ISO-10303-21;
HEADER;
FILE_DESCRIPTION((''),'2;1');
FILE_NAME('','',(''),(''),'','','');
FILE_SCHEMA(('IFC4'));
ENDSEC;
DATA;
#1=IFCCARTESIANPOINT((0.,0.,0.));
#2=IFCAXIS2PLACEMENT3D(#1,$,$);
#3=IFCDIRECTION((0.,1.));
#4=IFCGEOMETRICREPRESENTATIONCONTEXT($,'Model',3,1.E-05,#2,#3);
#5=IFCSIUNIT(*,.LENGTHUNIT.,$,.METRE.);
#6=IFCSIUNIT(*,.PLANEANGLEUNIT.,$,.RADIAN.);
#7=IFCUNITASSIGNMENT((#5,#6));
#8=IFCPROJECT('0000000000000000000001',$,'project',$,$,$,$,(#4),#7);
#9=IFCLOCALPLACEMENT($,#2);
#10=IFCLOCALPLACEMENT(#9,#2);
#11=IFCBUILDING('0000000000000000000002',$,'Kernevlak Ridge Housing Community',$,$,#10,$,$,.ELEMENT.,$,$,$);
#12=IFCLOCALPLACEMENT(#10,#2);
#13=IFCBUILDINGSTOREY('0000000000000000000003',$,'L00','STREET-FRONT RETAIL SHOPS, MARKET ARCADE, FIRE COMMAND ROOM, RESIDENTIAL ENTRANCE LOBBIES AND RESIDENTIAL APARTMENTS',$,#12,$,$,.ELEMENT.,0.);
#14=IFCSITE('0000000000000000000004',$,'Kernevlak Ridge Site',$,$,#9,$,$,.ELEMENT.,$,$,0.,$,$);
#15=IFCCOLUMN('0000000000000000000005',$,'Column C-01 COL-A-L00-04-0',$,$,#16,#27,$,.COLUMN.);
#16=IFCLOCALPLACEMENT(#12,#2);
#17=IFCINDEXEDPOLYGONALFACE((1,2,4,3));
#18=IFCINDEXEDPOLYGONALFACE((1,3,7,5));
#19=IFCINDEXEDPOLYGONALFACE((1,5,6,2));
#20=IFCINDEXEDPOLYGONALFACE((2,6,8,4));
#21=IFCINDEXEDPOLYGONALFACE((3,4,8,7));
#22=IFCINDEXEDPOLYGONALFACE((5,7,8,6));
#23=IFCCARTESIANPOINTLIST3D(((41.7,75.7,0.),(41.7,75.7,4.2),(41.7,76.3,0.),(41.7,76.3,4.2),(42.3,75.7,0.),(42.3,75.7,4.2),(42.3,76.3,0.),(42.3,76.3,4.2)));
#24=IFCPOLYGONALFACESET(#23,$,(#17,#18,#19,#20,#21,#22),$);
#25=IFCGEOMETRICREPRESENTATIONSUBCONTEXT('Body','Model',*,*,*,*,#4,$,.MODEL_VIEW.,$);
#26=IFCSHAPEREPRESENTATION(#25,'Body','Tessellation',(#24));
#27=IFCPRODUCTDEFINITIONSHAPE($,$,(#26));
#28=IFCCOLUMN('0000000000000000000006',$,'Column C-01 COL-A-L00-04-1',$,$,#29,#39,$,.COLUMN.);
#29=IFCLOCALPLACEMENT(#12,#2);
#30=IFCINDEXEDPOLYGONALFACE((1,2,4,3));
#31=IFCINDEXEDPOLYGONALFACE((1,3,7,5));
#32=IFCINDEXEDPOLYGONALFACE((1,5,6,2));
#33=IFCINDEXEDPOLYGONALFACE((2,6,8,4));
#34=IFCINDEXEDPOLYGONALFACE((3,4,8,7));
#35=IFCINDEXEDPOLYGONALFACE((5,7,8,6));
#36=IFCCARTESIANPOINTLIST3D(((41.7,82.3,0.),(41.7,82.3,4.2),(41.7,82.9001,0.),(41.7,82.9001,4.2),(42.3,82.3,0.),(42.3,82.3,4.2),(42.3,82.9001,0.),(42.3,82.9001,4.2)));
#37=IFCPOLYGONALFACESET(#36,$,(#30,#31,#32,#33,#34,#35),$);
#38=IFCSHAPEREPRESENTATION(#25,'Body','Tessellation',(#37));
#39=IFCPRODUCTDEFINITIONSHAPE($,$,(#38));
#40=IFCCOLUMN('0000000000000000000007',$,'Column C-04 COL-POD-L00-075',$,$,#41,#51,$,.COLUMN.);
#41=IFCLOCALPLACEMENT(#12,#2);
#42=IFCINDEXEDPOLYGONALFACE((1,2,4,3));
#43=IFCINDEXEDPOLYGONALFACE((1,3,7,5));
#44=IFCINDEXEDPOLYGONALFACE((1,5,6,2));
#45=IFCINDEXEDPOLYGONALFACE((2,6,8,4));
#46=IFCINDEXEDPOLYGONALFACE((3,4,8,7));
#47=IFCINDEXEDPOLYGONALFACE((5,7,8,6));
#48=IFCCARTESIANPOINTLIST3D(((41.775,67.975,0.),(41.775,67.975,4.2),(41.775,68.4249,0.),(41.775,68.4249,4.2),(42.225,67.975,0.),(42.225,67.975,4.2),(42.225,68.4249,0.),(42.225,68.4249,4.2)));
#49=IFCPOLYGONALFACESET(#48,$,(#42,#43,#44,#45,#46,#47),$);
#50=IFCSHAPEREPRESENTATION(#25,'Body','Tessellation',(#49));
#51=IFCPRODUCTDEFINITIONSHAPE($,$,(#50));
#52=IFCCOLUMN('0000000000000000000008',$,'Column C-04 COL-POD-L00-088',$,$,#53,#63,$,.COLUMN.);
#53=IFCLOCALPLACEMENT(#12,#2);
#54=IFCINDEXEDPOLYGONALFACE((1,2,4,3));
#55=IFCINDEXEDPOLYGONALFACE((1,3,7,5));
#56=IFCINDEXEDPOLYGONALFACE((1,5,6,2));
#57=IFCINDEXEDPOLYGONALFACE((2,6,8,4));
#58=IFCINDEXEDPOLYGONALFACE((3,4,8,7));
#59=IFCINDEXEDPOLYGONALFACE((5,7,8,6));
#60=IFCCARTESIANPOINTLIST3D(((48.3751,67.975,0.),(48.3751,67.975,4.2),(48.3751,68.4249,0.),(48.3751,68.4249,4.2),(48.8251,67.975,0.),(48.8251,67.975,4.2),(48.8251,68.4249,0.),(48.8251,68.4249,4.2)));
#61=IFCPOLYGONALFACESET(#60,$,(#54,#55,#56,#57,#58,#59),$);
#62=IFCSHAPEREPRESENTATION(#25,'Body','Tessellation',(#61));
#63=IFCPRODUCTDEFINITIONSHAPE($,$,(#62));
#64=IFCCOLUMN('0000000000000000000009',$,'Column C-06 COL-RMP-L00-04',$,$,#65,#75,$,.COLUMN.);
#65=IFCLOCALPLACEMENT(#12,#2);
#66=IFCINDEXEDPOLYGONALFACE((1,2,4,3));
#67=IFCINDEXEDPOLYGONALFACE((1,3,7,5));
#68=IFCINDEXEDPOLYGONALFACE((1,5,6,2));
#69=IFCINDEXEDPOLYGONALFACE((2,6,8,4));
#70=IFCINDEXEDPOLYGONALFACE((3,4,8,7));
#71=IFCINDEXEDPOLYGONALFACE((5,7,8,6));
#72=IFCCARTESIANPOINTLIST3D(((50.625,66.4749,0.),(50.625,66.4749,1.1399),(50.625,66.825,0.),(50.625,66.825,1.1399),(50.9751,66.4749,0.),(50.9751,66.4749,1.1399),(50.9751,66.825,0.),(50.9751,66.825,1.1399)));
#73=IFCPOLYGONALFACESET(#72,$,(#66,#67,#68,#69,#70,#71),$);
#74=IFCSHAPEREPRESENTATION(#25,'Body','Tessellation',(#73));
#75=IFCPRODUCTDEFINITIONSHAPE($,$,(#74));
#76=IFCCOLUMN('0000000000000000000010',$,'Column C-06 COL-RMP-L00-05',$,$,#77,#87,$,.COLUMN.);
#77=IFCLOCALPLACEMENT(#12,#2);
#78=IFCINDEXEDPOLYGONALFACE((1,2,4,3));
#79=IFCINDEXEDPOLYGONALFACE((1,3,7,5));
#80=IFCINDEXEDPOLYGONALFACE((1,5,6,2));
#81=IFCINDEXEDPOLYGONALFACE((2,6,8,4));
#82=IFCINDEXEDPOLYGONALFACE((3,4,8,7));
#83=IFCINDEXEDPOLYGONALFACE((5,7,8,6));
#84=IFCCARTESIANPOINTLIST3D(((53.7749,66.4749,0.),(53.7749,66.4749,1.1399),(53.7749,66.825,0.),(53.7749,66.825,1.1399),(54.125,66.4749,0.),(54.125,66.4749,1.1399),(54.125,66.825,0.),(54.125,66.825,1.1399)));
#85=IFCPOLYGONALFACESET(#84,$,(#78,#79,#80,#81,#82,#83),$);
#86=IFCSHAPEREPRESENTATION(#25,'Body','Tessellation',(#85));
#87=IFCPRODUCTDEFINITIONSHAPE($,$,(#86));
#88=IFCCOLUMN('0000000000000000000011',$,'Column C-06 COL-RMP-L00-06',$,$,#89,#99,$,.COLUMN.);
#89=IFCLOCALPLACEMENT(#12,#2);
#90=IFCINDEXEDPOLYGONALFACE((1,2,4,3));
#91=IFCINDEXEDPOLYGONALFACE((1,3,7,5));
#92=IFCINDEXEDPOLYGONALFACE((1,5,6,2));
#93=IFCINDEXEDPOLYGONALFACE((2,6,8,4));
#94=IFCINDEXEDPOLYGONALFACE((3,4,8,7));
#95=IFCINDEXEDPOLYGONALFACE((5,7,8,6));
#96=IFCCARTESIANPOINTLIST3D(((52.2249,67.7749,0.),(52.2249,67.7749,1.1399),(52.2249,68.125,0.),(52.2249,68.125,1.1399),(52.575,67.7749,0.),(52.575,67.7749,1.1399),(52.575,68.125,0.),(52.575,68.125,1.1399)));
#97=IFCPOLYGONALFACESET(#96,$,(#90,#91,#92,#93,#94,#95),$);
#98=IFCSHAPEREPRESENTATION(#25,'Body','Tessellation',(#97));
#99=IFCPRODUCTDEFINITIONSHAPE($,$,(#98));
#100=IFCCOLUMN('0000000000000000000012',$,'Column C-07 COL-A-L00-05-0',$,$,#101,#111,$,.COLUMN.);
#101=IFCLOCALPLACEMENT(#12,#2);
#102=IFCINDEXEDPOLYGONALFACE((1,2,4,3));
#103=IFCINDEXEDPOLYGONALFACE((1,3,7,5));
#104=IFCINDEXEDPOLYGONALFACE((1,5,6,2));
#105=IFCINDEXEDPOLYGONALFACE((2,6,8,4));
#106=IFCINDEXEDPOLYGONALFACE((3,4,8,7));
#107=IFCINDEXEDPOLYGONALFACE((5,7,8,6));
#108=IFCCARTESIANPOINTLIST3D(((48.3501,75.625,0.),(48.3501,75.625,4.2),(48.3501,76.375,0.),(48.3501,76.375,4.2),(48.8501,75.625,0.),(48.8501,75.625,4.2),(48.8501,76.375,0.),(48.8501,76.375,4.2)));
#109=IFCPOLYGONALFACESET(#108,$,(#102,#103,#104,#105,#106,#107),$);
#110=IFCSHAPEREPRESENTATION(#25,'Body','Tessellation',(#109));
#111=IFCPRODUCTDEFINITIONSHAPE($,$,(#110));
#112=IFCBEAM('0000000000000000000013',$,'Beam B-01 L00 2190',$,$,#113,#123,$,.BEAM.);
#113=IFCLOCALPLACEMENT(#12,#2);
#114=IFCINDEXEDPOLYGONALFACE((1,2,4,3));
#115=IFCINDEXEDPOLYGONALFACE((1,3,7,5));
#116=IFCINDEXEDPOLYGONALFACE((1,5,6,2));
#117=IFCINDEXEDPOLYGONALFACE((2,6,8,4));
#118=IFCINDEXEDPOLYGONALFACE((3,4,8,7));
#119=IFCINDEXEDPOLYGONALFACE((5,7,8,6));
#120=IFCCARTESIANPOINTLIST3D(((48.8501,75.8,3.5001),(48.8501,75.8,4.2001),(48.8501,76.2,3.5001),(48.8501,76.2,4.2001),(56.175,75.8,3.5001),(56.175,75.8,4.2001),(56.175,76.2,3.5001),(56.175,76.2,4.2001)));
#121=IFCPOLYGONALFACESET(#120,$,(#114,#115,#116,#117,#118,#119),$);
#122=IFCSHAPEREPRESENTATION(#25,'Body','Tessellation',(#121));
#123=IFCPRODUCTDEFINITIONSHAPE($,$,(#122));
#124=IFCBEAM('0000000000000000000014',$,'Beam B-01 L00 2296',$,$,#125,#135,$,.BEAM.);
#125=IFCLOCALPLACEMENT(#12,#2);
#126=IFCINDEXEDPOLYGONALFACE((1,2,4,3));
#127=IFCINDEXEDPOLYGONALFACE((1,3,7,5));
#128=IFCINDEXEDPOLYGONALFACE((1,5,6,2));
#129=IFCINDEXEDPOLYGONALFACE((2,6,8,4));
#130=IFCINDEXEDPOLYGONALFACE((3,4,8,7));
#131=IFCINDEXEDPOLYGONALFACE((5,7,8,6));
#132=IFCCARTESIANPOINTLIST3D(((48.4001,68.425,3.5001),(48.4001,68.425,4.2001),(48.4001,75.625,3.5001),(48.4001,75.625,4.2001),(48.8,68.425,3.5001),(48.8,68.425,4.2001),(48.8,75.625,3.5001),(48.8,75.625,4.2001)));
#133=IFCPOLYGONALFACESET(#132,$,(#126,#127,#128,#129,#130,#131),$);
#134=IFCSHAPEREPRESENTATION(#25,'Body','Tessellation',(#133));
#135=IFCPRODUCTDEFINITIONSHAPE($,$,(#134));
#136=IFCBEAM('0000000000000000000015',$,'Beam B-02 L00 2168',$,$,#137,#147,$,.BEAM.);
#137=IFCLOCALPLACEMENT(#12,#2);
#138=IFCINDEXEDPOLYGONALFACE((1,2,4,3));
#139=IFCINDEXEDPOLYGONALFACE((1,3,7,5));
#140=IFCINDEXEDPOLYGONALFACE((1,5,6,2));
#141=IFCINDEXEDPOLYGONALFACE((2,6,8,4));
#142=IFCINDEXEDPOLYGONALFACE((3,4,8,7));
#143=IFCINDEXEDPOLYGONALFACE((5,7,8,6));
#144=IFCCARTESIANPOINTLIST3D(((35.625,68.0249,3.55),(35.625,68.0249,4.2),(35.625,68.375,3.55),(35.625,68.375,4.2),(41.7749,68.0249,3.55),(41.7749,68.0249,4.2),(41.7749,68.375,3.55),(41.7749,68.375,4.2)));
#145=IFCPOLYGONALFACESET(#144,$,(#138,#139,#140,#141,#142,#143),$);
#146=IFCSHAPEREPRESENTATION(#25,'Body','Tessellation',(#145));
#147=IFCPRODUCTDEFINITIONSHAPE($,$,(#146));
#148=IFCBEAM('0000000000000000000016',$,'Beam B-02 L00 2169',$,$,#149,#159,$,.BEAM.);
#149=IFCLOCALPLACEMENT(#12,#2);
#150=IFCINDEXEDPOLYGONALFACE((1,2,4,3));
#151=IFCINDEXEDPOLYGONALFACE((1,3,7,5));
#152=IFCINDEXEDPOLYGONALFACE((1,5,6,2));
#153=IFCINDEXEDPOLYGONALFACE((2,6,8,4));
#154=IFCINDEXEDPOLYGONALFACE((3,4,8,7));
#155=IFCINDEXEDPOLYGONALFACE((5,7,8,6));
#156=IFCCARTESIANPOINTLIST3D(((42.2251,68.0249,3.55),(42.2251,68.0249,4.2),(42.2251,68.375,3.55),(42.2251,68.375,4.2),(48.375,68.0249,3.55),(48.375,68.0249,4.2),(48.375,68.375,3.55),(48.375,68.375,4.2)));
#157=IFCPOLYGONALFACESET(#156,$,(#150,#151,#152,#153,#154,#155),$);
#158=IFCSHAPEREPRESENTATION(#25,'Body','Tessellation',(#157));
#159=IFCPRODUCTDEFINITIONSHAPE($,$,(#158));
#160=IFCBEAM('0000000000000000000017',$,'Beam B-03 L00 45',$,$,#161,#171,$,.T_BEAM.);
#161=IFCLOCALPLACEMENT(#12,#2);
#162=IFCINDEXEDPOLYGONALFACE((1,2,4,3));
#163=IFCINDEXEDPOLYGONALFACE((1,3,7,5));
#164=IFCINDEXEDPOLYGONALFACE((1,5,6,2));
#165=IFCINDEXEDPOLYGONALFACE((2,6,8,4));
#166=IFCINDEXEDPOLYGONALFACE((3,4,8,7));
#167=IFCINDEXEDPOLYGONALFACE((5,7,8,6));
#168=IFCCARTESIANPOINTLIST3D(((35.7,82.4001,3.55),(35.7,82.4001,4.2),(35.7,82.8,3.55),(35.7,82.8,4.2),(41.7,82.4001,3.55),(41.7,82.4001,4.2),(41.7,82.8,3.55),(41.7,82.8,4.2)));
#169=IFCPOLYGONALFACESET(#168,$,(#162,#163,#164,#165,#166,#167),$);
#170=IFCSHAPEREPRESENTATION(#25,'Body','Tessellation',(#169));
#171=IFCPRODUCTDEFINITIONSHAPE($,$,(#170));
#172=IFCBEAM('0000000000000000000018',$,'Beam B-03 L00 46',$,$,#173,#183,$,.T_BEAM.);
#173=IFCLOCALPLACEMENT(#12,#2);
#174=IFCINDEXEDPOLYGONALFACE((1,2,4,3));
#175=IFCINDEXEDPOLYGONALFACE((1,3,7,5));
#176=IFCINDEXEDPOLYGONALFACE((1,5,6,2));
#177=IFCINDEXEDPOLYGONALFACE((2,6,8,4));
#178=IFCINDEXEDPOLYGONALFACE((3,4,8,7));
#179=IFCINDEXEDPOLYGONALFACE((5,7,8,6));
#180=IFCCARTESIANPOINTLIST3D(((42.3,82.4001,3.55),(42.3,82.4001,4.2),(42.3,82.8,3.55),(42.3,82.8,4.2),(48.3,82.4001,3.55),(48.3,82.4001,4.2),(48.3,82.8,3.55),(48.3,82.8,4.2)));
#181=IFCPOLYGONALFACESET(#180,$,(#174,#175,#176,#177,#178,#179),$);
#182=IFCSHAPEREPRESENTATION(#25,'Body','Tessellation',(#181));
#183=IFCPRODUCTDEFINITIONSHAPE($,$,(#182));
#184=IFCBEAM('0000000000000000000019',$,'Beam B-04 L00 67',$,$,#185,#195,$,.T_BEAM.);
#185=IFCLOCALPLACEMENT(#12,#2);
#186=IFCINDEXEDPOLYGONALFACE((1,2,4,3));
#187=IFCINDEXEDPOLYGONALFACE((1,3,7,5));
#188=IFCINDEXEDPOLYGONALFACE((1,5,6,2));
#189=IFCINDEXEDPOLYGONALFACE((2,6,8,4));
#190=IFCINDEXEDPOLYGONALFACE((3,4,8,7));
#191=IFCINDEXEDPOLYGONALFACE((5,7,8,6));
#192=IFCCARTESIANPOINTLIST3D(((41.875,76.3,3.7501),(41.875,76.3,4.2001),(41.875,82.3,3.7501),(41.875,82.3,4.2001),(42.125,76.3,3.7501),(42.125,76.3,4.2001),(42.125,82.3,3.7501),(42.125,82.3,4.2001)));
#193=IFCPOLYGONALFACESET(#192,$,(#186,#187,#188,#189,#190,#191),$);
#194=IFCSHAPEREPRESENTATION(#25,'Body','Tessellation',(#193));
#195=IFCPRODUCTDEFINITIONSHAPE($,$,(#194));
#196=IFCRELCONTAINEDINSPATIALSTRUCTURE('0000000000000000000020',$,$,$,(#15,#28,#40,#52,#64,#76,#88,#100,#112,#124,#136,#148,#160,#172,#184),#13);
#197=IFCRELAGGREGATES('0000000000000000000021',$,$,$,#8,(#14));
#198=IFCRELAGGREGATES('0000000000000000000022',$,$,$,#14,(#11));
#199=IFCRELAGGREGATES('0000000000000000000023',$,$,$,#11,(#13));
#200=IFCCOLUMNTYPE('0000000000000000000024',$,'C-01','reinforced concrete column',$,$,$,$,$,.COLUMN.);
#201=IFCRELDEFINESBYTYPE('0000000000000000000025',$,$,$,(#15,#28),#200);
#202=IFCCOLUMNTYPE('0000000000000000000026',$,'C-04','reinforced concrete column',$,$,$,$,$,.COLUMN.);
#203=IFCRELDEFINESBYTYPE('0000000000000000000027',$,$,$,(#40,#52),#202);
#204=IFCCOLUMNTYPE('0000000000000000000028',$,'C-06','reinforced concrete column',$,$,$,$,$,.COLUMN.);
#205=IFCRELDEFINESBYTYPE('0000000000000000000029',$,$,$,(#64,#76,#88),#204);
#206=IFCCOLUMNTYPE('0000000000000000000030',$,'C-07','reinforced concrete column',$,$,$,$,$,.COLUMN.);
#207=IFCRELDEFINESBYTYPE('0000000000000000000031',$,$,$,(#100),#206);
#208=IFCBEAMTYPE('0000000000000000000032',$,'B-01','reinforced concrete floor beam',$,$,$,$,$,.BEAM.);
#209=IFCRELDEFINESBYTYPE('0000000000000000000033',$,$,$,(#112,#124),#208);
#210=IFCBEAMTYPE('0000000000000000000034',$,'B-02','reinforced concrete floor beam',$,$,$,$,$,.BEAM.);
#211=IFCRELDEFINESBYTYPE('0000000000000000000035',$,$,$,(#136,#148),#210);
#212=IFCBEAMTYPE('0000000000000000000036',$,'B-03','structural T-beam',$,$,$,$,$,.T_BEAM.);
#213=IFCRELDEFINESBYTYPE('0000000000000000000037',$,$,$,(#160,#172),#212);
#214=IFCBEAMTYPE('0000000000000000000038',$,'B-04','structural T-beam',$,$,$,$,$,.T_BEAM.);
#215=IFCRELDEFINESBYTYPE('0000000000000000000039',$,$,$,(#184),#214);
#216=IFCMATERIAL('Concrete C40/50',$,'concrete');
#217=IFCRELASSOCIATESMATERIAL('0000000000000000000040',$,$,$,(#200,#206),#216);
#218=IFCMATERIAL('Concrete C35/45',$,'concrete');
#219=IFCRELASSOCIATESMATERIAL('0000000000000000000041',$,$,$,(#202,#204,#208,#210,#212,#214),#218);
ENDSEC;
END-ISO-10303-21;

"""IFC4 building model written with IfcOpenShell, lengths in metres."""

from ifc_helpers import new_model, si_unit, direction, frame, origin, origin_2d, place, context, subcontext, project, spatial, rectangle, extrude, material, material_profile, profile_set, type_object, element, save


model = new_model("IFC4")

# Units and contexts
model_context = context("Model", 3, precision=1e-05, world=origin(), true_north=direction((0.0, 1.0)))
body_context = subcontext(model_context, "Body", "Model", "MODEL_VIEW")
ifc_project = project(units=[si_unit("LENGTHUNIT", "METRE"), si_unit("PLANEANGLEUNIT", "RADIAN")], contexts=[model_context])

# Site, building, storey
site_placement = place(None, origin())
site = spatial("IfcSite", under=ifc_project, at=site_placement, Name="Kernevlak Ridge Site", CompositionType="ELEMENT", RefElevation=0.0)
building_placement = place(site_placement, origin())
building = spatial("IfcBuilding", under=site, at=building_placement, Name="Kernevlak Ridge Housing Community", CompositionType="ELEMENT")
storey_placement = place(building_placement, origin())
storey = spatial("IfcBuildingStorey", under=building, at=storey_placement, Name="L00", Description="STREET-FRONT RETAIL SHOPS, MARKET ARCADE, FIRE COMMAND ROOM, RESIDENTIAL ENTRANCE LOBBIES AND RESIDENTIAL APARTMENTS", CompositionType="ELEMENT", Elevation=0.0)

# Columns
ifc_material_1 = material(Name="Concrete C40/50", Category="concrete")
ifc_material_profile_1 = material_profile(ifc_material_1, rectangle(XDim=0.6001, YDim=0.6001, at=origin_2d()), Name="RC 600x600")
ifc_profile_set_1 = profile_set([ifc_material_profile_1], Name="Concrete C40/50")
column_type_1 = type_object("IfcColumnType", Name="C-01", Description="reinforced concrete column", PredefinedType="COLUMN", material=ifc_profile_set_1)
for number, where, z_axis, x_axis, name in (
    (1, (42.0, 76.0, 0.0), (0.0, 0.0, 1.0), (1.0, 0.0, 0.0), "Column C-01 COL-A-L00-04-0"),
    (2, (42.0, 82.6001, 0.0), (0.0, 0.0, 1.0), (1.0, 0.0, 0.0), "Column C-01 COL-A-L00-04-1"),
):
    element("IfcColumn", number, at=place(storey_placement, frame(where, z_axis=z_axis, x_axis=x_axis)), inside=storey, type_object=column_type_1, Name=name, PredefinedType="COLUMN", context=body_context, shape_type="SweptSolid", body=[
        extrude(rectangle(XDim=0.6001, YDim=0.6001, at=origin_2d()), origin(), (0.0, 0.0, 1.0), 4.2),
    ])
ifc_material_2 = material(Name="Concrete C35/45", Category="concrete")
ifc_material_profile_2 = material_profile(ifc_material_2, rectangle(XDim=0.45, YDim=0.45, at=origin_2d()), Name="RC 450x450")
ifc_profile_set_2 = profile_set([ifc_material_profile_2], Name="Concrete C35/45")
column_type_2 = type_object("IfcColumnType", Name="C-04", Description="reinforced concrete column", PredefinedType="COLUMN", material=ifc_profile_set_2)
for number, where, z_axis, x_axis, name in (
    (3, (42.0, 68.2, 0.0), (0.0, 0.0, 1.0), (1.0, 0.0, 0.0), "Column C-04 COL-POD-L00-075"),
    (4, (48.6001, 68.2, 0.0), (0.0, 0.0, 1.0), (1.0, 0.0, 0.0), "Column C-04 COL-POD-L00-088"),
):
    element("IfcColumn", number, at=place(storey_placement, frame(where, z_axis=z_axis, x_axis=x_axis)), inside=storey, type_object=column_type_2, Name=name, PredefinedType="COLUMN", context=body_context, shape_type="SweptSolid", body=[
        extrude(rectangle(XDim=0.45, YDim=0.45, at=origin_2d()), origin(), (0.0, 0.0, 1.0), 4.2),
    ])
ifc_material_profile_3 = material_profile(ifc_material_2, rectangle(XDim=0.3501, YDim=0.3501, at=origin_2d()), Name="RC 350x350")
ifc_profile_set_3 = profile_set([ifc_material_profile_3], Name="Concrete C35/45")
column_type_3 = type_object("IfcColumnType", Name="C-06", Description="reinforced concrete column", PredefinedType="COLUMN", material=ifc_profile_set_3)
for number, where, z_axis, x_axis, name in (
    (5, (50.8, 66.6499, 0.0), (0.0, 0.0, 1.0), (1.0, 0.0, 0.0), "Column C-06 COL-RMP-L00-04"),
    (6, (53.95, 66.6499, 0.0), (0.0, 0.0, 1.0), (1.0, 0.0, 0.0), "Column C-06 COL-RMP-L00-05"),
    (7, (52.3999, 67.95, 0.0), (0.0, 0.0, 1.0), (1.0, 0.0, 0.0), "Column C-06 COL-RMP-L00-06"),
):
    element("IfcColumn", number, at=place(storey_placement, frame(where, z_axis=z_axis, x_axis=x_axis)), inside=storey, type_object=column_type_3, Name=name, PredefinedType="COLUMN", context=body_context, shape_type="SweptSolid", body=[
        extrude(rectangle(XDim=0.3501, YDim=0.3501, at=origin_2d()), origin(), (0.0, 0.0, 1.0), 1.1399),
    ])
ifc_material_profile_4 = material_profile(ifc_material_1, rectangle(XDim=0.5, YDim=0.75, at=origin_2d()), Name="RC 500x750")
ifc_profile_set_4 = profile_set([ifc_material_profile_4], Name="Concrete C40/50")
column_type_4 = type_object("IfcColumnType", Name="C-07", Description="reinforced concrete column", PredefinedType="COLUMN", material=ifc_profile_set_4)
column_placement = place(storey_placement, frame((48.6001, 76.0, 0.0), z_axis=(0.0, 0.0, 1.0), x_axis=(1.0, 0.0, 0.0)))
element("IfcColumn", 8, at=column_placement, inside=storey, type_object=column_type_4, Name="Column C-07 COL-A-L00-05-0", PredefinedType="COLUMN", context=body_context, shape_type="SweptSolid", body=[
    extrude(rectangle(XDim=0.5, YDim=0.75, at=origin_2d()), origin(), (0.0, 0.0, 1.0), 4.2),
])

# Beams
ifc_material_profile_5 = material_profile(ifc_material_2, rectangle(XDim=0.3999, YDim=0.7, at=origin_2d()), Name="RC 400x700")
ifc_profile_set_5 = profile_set([ifc_material_profile_5], Name="Concrete C35/45")
beam_type_1 = type_object("IfcBeamType", Name="B-01", Description="reinforced concrete floor beam", PredefinedType="BEAM", material=ifc_profile_set_5)
beam_1_placement = place(storey_placement, frame((48.8501, 76.0, 3.8501), z_axis=(1.0, 0.0, 0.0), x_axis=(0.0, 1.0, 0.0)))
element("IfcBeam", 9, at=beam_1_placement, inside=storey, type_object=beam_type_1, Name="Beam B-01 L00 2190", PredefinedType="BEAM", context=body_context, shape_type="SweptSolid", body=[
    extrude(rectangle(XDim=0.3999, YDim=0.7, at=origin_2d()), origin(), (0.0, 0.0, 1.0), 7.325),
])
beam_2_placement = place(storey_placement, frame((48.6001, 68.425, 3.8501), z_axis=(0.0, 1.0, 0.0), x_axis=(-1.0, 0.0, 0.0)))
element("IfcBeam", 10, at=beam_2_placement, inside=storey, type_object=beam_type_1, Name="Beam B-01 L00 2296", PredefinedType="BEAM", context=body_context, shape_type="SweptSolid", body=[
    extrude(rectangle(XDim=0.3999, YDim=0.7, at=origin_2d()), origin(), (0.0, 0.0, 1.0), 7.2),
])
ifc_material_profile_6 = material_profile(ifc_material_2, rectangle(XDim=0.3501, YDim=0.6499, at=origin_2d()), Name="RC 350x650")
ifc_profile_set_6 = profile_set([ifc_material_profile_6], Name="Concrete C35/45")
beam_type_2 = type_object("IfcBeamType", Name="B-02", Description="reinforced concrete floor beam", PredefinedType="BEAM", material=ifc_profile_set_6)
for number, where, z_axis, x_axis, name in (
    (11, (35.625, 68.2, 3.875), (1.0, 0.0, 0.0), (0.0, 1.0, 0.0), "Beam B-02 L00 2168"),
    (12, (42.2251, 68.2, 3.875), (1.0, 0.0, 0.0), (0.0, 1.0, 0.0), "Beam B-02 L00 2169"),
):
    element("IfcBeam", number, at=place(storey_placement, frame(where, z_axis=z_axis, x_axis=x_axis)), inside=storey, type_object=beam_type_2, Name=name, PredefinedType="BEAM", context=body_context, shape_type="SweptSolid", body=[
        extrude(rectangle(XDim=0.3501, YDim=0.6499, at=origin_2d()), origin(), (0.0, 0.0, 1.0), 6.1499),
    ])
ifc_material_profile_7 = material_profile(ifc_material_2, rectangle(XDim=0.3999, YDim=0.6499, at=origin_2d()), Name="RC 400x650")
ifc_profile_set_7 = profile_set([ifc_material_profile_7], Name="Concrete C35/45")
beam_type_3 = type_object("IfcBeamType", Name="B-03", Description="structural T-beam", PredefinedType="T_BEAM", material=ifc_profile_set_7)
for number, where, z_axis, x_axis, name in (
    (13, (35.7, 82.6001, 3.875), (1.0, 0.0, 0.0), (0.0, 1.0, 0.0), "Beam B-03 L00 45"),
    (14, (42.3, 82.6001, 3.875), (1.0, 0.0, 0.0), (0.0, 1.0, 0.0), "Beam B-03 L00 46"),
):
    element("IfcBeam", number, at=place(storey_placement, frame(where, z_axis=z_axis, x_axis=x_axis)), inside=storey, type_object=beam_type_3, Name=name, PredefinedType="T_BEAM", context=body_context, shape_type="SweptSolid", body=[
        extrude(rectangle(XDim=0.3999, YDim=0.6499, at=origin_2d()), origin(), (0.0, 0.0, 1.0), 6.0),
    ])
ifc_material_profile_8 = material_profile(ifc_material_2, rectangle(XDim=0.25, YDim=0.45, at=origin_2d()), Name="RC 250x450")
ifc_profile_set_8 = profile_set([ifc_material_profile_8], Name="Concrete C35/45")
beam_type_4 = type_object("IfcBeamType", Name="B-04", Description="structural T-beam", PredefinedType="T_BEAM", material=ifc_profile_set_8)
beam_3_placement = place(storey_placement, frame((42.0, 76.3, 3.9751), z_axis=(0.0, 1.0, 0.0), x_axis=(-1.0, 0.0, 0.0)))
element("IfcBeam", 15, at=beam_3_placement, inside=storey, type_object=beam_type_4, Name="Beam B-04 L00 67", PredefinedType="T_BEAM", context=body_context, shape_type="SweptSolid", body=[
    extrude(rectangle(XDim=0.25, YDim=0.45, at=origin_2d()), origin(), (0.0, 0.0, 1.0), 6.0),
])

save(model, "model.ifc")
